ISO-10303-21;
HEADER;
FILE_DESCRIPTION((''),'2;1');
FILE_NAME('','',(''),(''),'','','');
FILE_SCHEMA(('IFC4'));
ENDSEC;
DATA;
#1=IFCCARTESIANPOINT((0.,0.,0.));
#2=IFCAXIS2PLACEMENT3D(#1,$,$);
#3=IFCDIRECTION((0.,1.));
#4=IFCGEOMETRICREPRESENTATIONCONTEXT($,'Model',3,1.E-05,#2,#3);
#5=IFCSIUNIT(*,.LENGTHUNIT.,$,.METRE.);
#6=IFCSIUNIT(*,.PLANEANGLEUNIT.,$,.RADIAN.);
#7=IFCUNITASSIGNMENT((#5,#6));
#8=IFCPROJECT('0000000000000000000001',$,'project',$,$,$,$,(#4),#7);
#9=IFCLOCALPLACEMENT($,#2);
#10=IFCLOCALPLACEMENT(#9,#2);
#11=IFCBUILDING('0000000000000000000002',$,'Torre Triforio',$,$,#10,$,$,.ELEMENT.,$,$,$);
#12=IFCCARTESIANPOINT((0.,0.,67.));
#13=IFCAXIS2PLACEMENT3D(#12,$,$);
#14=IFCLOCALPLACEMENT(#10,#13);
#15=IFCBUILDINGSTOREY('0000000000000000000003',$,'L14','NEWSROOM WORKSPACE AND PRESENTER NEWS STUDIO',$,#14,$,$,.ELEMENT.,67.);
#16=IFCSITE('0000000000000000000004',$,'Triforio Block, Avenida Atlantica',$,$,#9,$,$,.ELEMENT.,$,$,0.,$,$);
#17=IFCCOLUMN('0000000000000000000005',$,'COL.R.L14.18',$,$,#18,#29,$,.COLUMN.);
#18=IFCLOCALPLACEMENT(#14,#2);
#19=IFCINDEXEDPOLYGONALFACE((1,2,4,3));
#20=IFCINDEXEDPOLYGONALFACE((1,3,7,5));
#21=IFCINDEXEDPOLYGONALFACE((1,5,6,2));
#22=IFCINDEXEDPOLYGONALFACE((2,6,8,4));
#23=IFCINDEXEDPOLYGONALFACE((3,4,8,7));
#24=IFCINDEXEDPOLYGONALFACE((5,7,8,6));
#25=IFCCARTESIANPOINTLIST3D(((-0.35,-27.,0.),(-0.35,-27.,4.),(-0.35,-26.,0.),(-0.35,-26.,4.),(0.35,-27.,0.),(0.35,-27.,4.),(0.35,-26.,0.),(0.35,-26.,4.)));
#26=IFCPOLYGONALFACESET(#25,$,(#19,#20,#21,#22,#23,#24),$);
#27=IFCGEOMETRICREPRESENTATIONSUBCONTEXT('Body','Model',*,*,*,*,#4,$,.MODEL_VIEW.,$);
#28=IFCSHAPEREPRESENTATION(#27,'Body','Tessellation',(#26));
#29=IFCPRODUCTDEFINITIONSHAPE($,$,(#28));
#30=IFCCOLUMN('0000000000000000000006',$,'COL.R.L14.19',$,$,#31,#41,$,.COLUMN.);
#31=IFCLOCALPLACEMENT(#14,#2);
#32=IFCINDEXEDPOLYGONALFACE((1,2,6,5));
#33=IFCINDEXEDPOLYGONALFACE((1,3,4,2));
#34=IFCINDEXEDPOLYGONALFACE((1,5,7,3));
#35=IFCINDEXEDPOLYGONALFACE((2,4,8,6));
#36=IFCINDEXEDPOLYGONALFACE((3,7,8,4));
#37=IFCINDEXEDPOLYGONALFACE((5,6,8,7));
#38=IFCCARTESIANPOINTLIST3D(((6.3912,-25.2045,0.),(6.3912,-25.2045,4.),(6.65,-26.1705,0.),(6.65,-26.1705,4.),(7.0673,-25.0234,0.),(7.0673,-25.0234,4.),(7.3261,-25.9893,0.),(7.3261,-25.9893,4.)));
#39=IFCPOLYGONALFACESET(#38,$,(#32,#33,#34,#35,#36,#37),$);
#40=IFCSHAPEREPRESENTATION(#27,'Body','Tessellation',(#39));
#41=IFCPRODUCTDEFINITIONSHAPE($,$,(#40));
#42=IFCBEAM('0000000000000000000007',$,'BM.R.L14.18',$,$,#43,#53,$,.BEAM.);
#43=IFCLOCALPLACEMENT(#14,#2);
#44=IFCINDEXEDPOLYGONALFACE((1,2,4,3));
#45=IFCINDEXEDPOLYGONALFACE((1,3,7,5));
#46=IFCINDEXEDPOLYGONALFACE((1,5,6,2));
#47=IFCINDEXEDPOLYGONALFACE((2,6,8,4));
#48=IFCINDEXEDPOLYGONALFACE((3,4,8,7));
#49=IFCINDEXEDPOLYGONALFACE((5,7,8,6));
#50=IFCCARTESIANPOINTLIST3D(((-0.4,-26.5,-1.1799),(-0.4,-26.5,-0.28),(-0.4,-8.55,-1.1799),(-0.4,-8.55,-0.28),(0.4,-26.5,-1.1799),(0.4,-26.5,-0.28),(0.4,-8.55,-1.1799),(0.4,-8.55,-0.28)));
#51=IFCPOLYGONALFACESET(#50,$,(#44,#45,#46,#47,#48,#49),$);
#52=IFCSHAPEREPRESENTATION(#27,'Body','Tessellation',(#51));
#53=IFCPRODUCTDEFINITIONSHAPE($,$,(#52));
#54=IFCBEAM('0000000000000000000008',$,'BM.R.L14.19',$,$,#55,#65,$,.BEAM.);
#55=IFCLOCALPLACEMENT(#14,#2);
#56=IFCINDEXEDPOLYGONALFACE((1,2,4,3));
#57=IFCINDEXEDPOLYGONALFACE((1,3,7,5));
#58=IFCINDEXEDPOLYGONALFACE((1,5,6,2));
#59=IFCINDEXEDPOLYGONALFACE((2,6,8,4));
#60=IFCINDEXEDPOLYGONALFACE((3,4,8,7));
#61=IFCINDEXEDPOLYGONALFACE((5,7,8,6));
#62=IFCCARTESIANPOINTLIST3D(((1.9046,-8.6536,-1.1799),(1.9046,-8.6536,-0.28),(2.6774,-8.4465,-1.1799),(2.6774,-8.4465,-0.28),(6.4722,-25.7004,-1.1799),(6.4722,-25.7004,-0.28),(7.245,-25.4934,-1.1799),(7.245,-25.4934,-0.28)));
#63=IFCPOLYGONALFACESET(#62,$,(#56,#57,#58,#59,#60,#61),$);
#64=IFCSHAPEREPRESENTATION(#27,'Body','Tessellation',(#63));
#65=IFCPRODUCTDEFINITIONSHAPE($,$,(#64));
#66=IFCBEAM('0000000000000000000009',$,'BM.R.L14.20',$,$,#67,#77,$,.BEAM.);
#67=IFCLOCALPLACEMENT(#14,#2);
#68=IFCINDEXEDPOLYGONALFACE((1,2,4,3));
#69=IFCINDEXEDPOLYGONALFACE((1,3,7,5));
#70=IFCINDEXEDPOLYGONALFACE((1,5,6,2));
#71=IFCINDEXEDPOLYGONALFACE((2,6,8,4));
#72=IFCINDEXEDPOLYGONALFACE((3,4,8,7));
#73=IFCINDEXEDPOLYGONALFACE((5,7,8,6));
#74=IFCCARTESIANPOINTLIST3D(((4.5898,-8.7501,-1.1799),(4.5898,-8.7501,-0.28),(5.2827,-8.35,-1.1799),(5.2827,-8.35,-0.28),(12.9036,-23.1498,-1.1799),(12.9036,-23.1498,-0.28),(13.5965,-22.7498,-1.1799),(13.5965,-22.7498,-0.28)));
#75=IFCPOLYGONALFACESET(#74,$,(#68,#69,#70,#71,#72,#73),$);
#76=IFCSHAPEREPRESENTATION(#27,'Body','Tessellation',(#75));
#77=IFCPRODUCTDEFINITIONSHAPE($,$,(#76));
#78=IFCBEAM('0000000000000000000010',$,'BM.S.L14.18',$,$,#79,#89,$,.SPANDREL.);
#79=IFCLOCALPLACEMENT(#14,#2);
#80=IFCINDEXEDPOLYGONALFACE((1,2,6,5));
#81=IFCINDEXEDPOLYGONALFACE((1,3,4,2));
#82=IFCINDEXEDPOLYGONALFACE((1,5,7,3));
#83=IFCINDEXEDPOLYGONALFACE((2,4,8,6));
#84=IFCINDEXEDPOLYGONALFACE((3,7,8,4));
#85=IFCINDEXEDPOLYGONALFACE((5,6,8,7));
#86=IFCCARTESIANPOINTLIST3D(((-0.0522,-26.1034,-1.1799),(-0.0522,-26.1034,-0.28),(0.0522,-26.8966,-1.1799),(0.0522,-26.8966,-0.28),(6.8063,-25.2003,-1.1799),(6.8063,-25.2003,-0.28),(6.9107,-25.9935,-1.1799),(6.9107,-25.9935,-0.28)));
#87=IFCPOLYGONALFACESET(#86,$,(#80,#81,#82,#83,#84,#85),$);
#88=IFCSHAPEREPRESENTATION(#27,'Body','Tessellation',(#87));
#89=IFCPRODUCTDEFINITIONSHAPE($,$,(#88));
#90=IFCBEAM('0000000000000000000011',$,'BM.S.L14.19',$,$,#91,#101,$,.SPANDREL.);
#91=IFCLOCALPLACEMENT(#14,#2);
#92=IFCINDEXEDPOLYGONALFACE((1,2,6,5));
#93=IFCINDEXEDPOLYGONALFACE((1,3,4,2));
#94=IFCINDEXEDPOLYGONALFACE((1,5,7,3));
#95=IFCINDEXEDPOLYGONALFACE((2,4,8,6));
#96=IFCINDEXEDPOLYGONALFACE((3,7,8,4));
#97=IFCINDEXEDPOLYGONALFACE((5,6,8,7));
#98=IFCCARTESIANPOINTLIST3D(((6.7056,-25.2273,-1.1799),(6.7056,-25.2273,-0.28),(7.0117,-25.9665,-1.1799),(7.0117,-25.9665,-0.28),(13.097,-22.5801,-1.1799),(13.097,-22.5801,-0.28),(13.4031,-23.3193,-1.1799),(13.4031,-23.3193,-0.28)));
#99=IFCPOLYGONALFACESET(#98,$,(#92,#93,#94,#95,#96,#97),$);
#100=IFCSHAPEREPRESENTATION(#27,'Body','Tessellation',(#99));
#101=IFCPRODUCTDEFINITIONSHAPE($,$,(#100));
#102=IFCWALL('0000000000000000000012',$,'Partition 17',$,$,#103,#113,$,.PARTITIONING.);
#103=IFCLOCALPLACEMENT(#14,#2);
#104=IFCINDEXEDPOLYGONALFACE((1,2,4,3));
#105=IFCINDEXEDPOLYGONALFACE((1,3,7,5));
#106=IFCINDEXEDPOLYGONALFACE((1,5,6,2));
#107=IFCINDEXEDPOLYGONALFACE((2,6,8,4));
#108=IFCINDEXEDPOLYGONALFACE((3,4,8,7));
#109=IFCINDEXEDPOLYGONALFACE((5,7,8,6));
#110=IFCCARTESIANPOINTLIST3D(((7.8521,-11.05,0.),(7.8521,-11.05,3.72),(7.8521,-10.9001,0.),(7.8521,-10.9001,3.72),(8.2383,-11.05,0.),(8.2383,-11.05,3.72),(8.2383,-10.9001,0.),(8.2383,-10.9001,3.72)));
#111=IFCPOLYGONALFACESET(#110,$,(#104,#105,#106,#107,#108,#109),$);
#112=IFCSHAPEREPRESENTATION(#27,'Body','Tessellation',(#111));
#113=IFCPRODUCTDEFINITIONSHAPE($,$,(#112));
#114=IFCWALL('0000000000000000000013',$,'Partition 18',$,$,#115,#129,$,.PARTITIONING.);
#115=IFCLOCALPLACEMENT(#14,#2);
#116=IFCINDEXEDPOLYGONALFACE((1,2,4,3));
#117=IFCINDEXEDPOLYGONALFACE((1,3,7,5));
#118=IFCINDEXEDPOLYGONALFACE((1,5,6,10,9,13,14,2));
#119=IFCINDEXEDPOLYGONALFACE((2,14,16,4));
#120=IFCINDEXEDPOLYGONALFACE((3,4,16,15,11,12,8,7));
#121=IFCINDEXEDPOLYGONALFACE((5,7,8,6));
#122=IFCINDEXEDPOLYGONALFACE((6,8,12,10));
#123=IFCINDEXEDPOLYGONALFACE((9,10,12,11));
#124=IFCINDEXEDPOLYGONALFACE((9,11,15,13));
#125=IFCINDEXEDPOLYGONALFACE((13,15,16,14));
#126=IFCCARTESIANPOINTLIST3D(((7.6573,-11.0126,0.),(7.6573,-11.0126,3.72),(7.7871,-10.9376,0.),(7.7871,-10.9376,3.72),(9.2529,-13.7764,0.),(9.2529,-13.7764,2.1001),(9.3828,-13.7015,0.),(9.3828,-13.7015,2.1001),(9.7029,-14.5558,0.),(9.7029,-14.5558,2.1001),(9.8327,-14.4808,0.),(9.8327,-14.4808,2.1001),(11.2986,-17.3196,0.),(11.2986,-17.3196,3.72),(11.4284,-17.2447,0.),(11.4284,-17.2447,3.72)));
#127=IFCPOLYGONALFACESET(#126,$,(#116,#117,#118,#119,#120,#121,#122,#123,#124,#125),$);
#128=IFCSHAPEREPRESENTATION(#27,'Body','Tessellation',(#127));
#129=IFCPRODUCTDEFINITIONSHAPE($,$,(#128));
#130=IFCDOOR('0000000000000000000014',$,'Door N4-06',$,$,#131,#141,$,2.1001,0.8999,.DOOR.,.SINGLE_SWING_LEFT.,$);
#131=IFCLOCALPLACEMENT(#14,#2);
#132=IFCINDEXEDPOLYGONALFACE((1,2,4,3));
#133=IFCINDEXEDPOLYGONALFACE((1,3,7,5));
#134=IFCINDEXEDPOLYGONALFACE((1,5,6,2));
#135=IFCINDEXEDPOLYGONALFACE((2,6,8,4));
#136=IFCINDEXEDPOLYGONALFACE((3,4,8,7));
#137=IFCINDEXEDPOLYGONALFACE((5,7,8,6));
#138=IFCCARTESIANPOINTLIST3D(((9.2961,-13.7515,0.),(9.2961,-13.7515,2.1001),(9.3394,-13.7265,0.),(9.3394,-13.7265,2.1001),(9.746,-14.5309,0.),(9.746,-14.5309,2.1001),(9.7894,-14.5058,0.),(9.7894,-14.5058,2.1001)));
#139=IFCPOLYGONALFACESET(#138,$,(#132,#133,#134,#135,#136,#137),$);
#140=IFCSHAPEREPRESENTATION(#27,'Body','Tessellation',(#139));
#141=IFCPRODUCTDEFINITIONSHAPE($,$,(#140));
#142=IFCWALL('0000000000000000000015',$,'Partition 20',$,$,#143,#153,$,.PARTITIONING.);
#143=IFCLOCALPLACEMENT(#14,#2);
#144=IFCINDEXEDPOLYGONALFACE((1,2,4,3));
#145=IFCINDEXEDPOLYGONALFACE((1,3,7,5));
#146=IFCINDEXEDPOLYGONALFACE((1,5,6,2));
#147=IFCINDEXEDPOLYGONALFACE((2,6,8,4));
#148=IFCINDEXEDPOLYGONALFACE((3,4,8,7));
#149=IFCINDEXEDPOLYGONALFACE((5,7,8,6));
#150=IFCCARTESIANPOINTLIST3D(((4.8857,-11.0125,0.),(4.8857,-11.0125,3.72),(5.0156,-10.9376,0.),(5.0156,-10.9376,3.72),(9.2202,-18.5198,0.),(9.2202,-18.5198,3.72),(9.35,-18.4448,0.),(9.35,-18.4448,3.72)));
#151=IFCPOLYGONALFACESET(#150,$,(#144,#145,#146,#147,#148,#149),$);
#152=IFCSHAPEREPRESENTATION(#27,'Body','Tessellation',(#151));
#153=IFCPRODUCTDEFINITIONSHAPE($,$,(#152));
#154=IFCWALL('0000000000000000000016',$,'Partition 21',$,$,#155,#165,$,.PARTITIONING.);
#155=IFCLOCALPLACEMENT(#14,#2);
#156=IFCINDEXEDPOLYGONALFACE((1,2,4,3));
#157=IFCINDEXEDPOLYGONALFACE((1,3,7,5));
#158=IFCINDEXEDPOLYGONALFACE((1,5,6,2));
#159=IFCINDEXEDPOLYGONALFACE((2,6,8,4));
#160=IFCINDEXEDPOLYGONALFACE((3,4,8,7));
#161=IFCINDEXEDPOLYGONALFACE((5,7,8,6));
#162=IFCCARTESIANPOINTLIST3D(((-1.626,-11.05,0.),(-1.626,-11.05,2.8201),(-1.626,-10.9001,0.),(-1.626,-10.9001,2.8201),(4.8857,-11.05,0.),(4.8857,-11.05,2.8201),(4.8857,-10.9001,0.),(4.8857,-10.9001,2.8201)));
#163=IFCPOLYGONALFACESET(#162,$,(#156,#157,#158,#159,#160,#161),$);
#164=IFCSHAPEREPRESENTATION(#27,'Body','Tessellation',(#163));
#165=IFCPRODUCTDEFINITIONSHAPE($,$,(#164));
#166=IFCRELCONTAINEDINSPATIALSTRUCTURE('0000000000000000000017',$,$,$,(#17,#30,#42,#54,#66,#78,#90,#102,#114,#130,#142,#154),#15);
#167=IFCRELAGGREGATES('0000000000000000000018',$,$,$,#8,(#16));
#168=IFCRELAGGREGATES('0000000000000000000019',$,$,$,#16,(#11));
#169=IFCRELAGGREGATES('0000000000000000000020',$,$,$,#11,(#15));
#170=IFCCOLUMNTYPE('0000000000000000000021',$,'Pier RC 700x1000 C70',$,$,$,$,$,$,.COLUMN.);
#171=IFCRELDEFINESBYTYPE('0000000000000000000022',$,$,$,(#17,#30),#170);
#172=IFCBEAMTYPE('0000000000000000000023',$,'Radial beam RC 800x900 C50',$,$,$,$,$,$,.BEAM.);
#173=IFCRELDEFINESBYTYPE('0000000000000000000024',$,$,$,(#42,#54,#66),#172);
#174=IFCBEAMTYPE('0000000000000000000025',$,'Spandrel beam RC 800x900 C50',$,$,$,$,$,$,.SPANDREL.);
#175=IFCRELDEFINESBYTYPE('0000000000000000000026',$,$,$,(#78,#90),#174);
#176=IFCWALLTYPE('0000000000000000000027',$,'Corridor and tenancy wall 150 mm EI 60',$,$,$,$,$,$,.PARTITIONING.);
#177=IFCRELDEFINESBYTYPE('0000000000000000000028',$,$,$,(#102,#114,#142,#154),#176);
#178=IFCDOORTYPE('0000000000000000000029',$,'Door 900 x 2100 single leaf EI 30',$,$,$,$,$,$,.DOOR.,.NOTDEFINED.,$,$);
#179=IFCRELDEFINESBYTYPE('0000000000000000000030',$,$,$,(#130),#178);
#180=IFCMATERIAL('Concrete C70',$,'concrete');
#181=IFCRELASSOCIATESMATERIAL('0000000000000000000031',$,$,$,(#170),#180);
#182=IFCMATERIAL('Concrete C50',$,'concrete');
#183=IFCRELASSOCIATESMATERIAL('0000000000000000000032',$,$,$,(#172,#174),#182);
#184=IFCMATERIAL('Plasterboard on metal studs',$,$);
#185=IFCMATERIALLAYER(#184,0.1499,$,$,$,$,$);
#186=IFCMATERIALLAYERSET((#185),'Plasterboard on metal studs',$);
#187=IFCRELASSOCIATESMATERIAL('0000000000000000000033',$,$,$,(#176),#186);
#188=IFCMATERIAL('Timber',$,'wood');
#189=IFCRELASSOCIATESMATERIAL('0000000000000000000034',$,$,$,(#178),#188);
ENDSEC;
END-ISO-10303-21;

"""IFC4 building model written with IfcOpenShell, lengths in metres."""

from ifc_helpers import new_model, si_unit, direction, frame, frame_2d, origin, origin_2d, place, context, subcontext, project, spatial, rectangle, extrude, material, layer, layer_set, material_profile, profile_set, type_object, element, fill, save


model = new_model("IFC4")

# Units and contexts
model_context = context("Model", 3, precision=1e-05, world=origin(), true_north=direction((0.0, 1.0)))
body_context = subcontext(model_context, "Body", "Model", "MODEL_VIEW")
ifc_project = project(units=[si_unit("LENGTHUNIT", "METRE"), si_unit("PLANEANGLEUNIT", "RADIAN")], contexts=[model_context])

# Site, building, storey
site_placement = place(None, origin())
site = spatial("IfcSite", under=ifc_project, at=site_placement, Name="Triforio Block, Avenida Atlantica", CompositionType="ELEMENT", RefElevation=0.0)
building_placement = place(site_placement, origin())
building = spatial("IfcBuilding", under=site, at=building_placement, Name="Torre Triforio", CompositionType="ELEMENT")
storey_placement = place(building_placement, frame((0.0, 0.0, 67.0)))
storey = spatial("IfcBuildingStorey", under=building, at=storey_placement, Name="L14", Description="NEWSROOM WORKSPACE AND PRESENTER NEWS STUDIO", CompositionType="ELEMENT", Elevation=67.0)

# Columns
ifc_material_1 = material(Name="Concrete C70", Category="concrete")
ifc_material_profile_1 = material_profile(ifc_material_1, rectangle(XDim=0.7, YDim=1.0, at=origin_2d()), Name="RC 700x1000")
ifc_profile_set_1 = profile_set([ifc_material_profile_1], Name="Concrete C70")
column_type = type_object("IfcColumnType", Name="Pier RC 700x1000 C70", PredefinedType="COLUMN", material=ifc_profile_set_1)
for number, where, z_axis, x_axis, name in (
    (1, (0.0, -26.5, 0.0), (0.0, 0.0, 1.0), (1.0, 0.0, 0.0), "COL.R.L14.18"),
    (2, (6.8586, -25.5969, 0.0), (0.0, 0.0, 1.0), (0.965926, 0.258819, 0.0), "COL.R.L14.19"),
):
    element("IfcColumn", number, at=place(storey_placement, frame(where, z_axis=z_axis, x_axis=x_axis)), inside=storey, type_object=column_type, Name=name, PredefinedType="COLUMN", context=body_context, shape_type="SweptSolid", body=[
        extrude(rectangle(XDim=0.7, YDim=1.0, at=origin_2d()), origin(), (0.0, 0.0, 1.0), 4.0),
    ])

# Beams
ifc_material_2 = material(Name="Concrete C50", Category="concrete")
ifc_material_profile_2 = material_profile(ifc_material_2, rectangle(XDim=0.8, YDim=0.8999, at=origin_2d()), Name="RC 800x900")
ifc_profile_set_2 = profile_set([ifc_material_profile_2], Name="Concrete C50")
beam_type_1 = type_object("IfcBeamType", Name="Radial beam RC 800x900 C50", PredefinedType="BEAM", material=ifc_profile_set_2)
beam_1_placement = place(storey_placement, frame((0.0, -8.55, -0.73), z_axis=(0.0, -1.0, 0.0), x_axis=(1.0, 0.0, 0.0)))
element("IfcBeam", 3, at=beam_1_placement, inside=storey, type_object=beam_type_1, Name="BM.R.L14.18", PredefinedType="BEAM", context=body_context, shape_type="SweptSolid", body=[
    extrude(rectangle(XDim=0.8, YDim=0.8999, at=origin_2d()), origin(), (0.0, 0.0, 1.0), 17.95),
])
beam_2_placement = place(storey_placement, frame((2.291, -8.55, -0.73), z_axis=(0.258815, -0.965927, 0.0), x_axis=(0.965927, 0.258815, 0.0)))
element("IfcBeam", 4, at=beam_2_placement, inside=storey, type_object=beam_type_1, Name="BM.R.L14.19", PredefinedType="BEAM", context=body_context, shape_type="SweptSolid", body=[
    extrude(rectangle(XDim=0.8, YDim=0.8999, at=origin_2d()), origin(), (0.0, 0.0, 1.0), 17.6482),
])
beam_3_placement = place(storey_placement, frame((4.9363, -8.55, -0.73), z_axis=(0.500003, -0.866023, 0.0), x_axis=(0.866023, 0.500003, 0.0)))
element("IfcBeam", 5, at=beam_3_placement, inside=storey, type_object=beam_type_1, Name="BM.R.L14.20", PredefinedType="BEAM", context=body_context, shape_type="SweptSolid", body=[
    extrude(rectangle(XDim=0.8, YDim=0.8999, at=origin_2d()), origin(), (0.0, 0.0, 1.0), 16.6274),
])
ifc_material_profile_3 = material_profile(ifc_material_2, rectangle(XDim=0.8, YDim=0.8999, at=origin_2d()), Name="RC 800x900")
ifc_profile_set_3 = profile_set([ifc_material_profile_3], Name="Concrete C50")
beam_type_2 = type_object("IfcBeamType", Name="Spandrel beam RC 800x900 C50", PredefinedType="SPANDREL", material=ifc_profile_set_3)
beam_4_placement = place(storey_placement, frame((0.0, -26.5, -0.73), z_axis=(0.991443, 0.130543, 0.0), x_axis=(-0.130543, 0.991443, 0.0)))
element("IfcBeam", 6, at=beam_4_placement, inside=storey, type_object=beam_type_2, Name="BM.S.L14.18", PredefinedType="SPANDREL", context=body_context, shape_type="SweptSolid", body=[
    extrude(rectangle(XDim=0.8, YDim=0.8999, at=origin_2d()), origin(), (0.0, 0.0, 1.0), 6.9177),
])
beam_5_placement = place(storey_placement, frame((6.8586, -25.5969, -0.73), z_axis=(0.923888, 0.382662, 0.0), x_axis=(-0.382662, 0.923888, 0.0)))
element("IfcBeam", 7, at=beam_5_placement, inside=storey, type_object=beam_type_2, Name="BM.S.L14.19", PredefinedType="SPANDREL", context=body_context, shape_type="SweptSolid", body=[
    extrude(rectangle(XDim=0.8, YDim=0.8999, at=origin_2d()), origin(), (0.0, 0.0, 1.0), 6.918),
])

# Wall
ifc_material_3 = material(Name="Plasterboard on metal studs")
ifc_layer_1 = layer(ifc_material_3, 0.1499)
ifc_layer_set_1 = layer_set([ifc_layer_1], Name="Plasterboard on metal studs")
wall_type_1 = type_object("IfcWallType", Name="Corridor and tenancy wall 150 mm EI 60", PredefinedType="PARTITIONING", material=ifc_layer_set_1)
wall_1_placement = place(storey_placement, frame((8.2383, -10.9751, 0.0), z_axis=(0.0, 0.0, 1.0), x_axis=(-1.0, 0.0, 0.0)))
element("IfcWall", 8, at=wall_1_placement, inside=storey, type_object=wall_type_1, Name="Partition 17", PredefinedType="PARTITIONING", context=body_context, shape_type="SweptSolid", body=[
    extrude(rectangle(XDim=0.3862, YDim=0.1499, at=frame_2d((0.1931, 0.0))), origin(), (0.0, 0.0, 1.0), 3.72),
])

# Wall, opening, door
wall_2_placement = place(storey_placement, frame((7.7222, -10.9751, 0.0), z_axis=(0.0, 0.0, 1.0), x_axis=(0.499993, -0.866029, 0.0)))
wall_2 = element("IfcWall", 9, at=wall_2_placement, inside=storey, type_object=wall_type_1, Name="Partition 18", PredefinedType="PARTITIONING", context=body_context, shape_type="SweptSolid", body=[
    extrude(rectangle(XDim=7.2827, YDim=0.1499, at=frame_2d((3.6414, 0.0))), origin(), (0.0, 0.0, 1.0), 3.72),
])
opening_1_placement = place(wall_2_placement, frame((3.1914, 0.0, 0.0)))
opening_1 = element("IfcOpeningElement", 10, at=opening_1_placement, cuts=wall_2, PredefinedType="OPENING", context=body_context, shape_type="SweptSolid", body=[
    extrude(rectangle(XDim=0.8999, YDim=2.1001, at=frame_2d((0.45, 1.05))), frame((0.0, 0.085, 0.0), z_axis=(0.0, -1.0, 0.0), x_axis=(1.0, 0.0, 0.0)), (0.0, 0.0, 1.0), 0.1699),
])
ifc_material_4 = material(Name="Timber", Category="wood")
door_type_1 = type_object("IfcDoorType", Name="Door 900 x 2100 single leaf EI 30", OperationType="NOTDEFINED", PredefinedType="DOOR", material=ifc_material_4)
door_1_placement = place(opening_1_placement, origin())
door_1 = element("IfcDoor", 11, at=door_1_placement, inside=storey, type_object=door_type_1, Name="Door N4-06", OperationType="SINGLE_SWING_LEFT", OverallHeight=2.1001, OverallWidth=0.8999, PredefinedType="DOOR", context=body_context, shape_type="SweptSolid", body=[
    extrude(rectangle(XDim=0.8999, YDim=2.1001, at=frame_2d((0.45, 1.05))), frame((0.0, 0.0249, 0.0), z_axis=(0.0, -1.0, 0.0), x_axis=(1.0, 0.0, 0.0)), (0.0, 0.0, 1.0), 0.05),
])
fill(opening_1, door_1)

# Walls
wall_3_placement = place(storey_placement, frame((9.2852, -18.4824, 0.0), z_axis=(0.0, 0.0, 1.0), x_axis=(-0.50001, 0.86602, 0.0)))
element("IfcWall", 12, at=wall_3_placement, inside=storey, type_object=wall_type_1, Name="Partition 20", PredefinedType="PARTITIONING", context=body_context, shape_type="SweptSolid", body=[
    extrude(rectangle(XDim=8.6687, YDim=0.1499, at=frame_2d((4.3345, 0.0))), origin(), (0.0, 0.0, 1.0), 3.72),
])
wall_4_placement = place(storey_placement, frame((4.8857, -10.9751, 0.0), z_axis=(0.0, 0.0, 1.0), x_axis=(-1.0, 0.0, 0.0)))
element("IfcWall", 13, at=wall_4_placement, inside=storey, type_object=wall_type_1, Name="Partition 21", PredefinedType="PARTITIONING", context=body_context, shape_type="SweptSolid", body=[
    extrude(rectangle(XDim=6.5117, YDim=0.1499, at=frame_2d((3.2559, 0.0))), origin(), (0.0, 0.0, 1.0), 2.8201),
])

save(model, "model.ifc")
